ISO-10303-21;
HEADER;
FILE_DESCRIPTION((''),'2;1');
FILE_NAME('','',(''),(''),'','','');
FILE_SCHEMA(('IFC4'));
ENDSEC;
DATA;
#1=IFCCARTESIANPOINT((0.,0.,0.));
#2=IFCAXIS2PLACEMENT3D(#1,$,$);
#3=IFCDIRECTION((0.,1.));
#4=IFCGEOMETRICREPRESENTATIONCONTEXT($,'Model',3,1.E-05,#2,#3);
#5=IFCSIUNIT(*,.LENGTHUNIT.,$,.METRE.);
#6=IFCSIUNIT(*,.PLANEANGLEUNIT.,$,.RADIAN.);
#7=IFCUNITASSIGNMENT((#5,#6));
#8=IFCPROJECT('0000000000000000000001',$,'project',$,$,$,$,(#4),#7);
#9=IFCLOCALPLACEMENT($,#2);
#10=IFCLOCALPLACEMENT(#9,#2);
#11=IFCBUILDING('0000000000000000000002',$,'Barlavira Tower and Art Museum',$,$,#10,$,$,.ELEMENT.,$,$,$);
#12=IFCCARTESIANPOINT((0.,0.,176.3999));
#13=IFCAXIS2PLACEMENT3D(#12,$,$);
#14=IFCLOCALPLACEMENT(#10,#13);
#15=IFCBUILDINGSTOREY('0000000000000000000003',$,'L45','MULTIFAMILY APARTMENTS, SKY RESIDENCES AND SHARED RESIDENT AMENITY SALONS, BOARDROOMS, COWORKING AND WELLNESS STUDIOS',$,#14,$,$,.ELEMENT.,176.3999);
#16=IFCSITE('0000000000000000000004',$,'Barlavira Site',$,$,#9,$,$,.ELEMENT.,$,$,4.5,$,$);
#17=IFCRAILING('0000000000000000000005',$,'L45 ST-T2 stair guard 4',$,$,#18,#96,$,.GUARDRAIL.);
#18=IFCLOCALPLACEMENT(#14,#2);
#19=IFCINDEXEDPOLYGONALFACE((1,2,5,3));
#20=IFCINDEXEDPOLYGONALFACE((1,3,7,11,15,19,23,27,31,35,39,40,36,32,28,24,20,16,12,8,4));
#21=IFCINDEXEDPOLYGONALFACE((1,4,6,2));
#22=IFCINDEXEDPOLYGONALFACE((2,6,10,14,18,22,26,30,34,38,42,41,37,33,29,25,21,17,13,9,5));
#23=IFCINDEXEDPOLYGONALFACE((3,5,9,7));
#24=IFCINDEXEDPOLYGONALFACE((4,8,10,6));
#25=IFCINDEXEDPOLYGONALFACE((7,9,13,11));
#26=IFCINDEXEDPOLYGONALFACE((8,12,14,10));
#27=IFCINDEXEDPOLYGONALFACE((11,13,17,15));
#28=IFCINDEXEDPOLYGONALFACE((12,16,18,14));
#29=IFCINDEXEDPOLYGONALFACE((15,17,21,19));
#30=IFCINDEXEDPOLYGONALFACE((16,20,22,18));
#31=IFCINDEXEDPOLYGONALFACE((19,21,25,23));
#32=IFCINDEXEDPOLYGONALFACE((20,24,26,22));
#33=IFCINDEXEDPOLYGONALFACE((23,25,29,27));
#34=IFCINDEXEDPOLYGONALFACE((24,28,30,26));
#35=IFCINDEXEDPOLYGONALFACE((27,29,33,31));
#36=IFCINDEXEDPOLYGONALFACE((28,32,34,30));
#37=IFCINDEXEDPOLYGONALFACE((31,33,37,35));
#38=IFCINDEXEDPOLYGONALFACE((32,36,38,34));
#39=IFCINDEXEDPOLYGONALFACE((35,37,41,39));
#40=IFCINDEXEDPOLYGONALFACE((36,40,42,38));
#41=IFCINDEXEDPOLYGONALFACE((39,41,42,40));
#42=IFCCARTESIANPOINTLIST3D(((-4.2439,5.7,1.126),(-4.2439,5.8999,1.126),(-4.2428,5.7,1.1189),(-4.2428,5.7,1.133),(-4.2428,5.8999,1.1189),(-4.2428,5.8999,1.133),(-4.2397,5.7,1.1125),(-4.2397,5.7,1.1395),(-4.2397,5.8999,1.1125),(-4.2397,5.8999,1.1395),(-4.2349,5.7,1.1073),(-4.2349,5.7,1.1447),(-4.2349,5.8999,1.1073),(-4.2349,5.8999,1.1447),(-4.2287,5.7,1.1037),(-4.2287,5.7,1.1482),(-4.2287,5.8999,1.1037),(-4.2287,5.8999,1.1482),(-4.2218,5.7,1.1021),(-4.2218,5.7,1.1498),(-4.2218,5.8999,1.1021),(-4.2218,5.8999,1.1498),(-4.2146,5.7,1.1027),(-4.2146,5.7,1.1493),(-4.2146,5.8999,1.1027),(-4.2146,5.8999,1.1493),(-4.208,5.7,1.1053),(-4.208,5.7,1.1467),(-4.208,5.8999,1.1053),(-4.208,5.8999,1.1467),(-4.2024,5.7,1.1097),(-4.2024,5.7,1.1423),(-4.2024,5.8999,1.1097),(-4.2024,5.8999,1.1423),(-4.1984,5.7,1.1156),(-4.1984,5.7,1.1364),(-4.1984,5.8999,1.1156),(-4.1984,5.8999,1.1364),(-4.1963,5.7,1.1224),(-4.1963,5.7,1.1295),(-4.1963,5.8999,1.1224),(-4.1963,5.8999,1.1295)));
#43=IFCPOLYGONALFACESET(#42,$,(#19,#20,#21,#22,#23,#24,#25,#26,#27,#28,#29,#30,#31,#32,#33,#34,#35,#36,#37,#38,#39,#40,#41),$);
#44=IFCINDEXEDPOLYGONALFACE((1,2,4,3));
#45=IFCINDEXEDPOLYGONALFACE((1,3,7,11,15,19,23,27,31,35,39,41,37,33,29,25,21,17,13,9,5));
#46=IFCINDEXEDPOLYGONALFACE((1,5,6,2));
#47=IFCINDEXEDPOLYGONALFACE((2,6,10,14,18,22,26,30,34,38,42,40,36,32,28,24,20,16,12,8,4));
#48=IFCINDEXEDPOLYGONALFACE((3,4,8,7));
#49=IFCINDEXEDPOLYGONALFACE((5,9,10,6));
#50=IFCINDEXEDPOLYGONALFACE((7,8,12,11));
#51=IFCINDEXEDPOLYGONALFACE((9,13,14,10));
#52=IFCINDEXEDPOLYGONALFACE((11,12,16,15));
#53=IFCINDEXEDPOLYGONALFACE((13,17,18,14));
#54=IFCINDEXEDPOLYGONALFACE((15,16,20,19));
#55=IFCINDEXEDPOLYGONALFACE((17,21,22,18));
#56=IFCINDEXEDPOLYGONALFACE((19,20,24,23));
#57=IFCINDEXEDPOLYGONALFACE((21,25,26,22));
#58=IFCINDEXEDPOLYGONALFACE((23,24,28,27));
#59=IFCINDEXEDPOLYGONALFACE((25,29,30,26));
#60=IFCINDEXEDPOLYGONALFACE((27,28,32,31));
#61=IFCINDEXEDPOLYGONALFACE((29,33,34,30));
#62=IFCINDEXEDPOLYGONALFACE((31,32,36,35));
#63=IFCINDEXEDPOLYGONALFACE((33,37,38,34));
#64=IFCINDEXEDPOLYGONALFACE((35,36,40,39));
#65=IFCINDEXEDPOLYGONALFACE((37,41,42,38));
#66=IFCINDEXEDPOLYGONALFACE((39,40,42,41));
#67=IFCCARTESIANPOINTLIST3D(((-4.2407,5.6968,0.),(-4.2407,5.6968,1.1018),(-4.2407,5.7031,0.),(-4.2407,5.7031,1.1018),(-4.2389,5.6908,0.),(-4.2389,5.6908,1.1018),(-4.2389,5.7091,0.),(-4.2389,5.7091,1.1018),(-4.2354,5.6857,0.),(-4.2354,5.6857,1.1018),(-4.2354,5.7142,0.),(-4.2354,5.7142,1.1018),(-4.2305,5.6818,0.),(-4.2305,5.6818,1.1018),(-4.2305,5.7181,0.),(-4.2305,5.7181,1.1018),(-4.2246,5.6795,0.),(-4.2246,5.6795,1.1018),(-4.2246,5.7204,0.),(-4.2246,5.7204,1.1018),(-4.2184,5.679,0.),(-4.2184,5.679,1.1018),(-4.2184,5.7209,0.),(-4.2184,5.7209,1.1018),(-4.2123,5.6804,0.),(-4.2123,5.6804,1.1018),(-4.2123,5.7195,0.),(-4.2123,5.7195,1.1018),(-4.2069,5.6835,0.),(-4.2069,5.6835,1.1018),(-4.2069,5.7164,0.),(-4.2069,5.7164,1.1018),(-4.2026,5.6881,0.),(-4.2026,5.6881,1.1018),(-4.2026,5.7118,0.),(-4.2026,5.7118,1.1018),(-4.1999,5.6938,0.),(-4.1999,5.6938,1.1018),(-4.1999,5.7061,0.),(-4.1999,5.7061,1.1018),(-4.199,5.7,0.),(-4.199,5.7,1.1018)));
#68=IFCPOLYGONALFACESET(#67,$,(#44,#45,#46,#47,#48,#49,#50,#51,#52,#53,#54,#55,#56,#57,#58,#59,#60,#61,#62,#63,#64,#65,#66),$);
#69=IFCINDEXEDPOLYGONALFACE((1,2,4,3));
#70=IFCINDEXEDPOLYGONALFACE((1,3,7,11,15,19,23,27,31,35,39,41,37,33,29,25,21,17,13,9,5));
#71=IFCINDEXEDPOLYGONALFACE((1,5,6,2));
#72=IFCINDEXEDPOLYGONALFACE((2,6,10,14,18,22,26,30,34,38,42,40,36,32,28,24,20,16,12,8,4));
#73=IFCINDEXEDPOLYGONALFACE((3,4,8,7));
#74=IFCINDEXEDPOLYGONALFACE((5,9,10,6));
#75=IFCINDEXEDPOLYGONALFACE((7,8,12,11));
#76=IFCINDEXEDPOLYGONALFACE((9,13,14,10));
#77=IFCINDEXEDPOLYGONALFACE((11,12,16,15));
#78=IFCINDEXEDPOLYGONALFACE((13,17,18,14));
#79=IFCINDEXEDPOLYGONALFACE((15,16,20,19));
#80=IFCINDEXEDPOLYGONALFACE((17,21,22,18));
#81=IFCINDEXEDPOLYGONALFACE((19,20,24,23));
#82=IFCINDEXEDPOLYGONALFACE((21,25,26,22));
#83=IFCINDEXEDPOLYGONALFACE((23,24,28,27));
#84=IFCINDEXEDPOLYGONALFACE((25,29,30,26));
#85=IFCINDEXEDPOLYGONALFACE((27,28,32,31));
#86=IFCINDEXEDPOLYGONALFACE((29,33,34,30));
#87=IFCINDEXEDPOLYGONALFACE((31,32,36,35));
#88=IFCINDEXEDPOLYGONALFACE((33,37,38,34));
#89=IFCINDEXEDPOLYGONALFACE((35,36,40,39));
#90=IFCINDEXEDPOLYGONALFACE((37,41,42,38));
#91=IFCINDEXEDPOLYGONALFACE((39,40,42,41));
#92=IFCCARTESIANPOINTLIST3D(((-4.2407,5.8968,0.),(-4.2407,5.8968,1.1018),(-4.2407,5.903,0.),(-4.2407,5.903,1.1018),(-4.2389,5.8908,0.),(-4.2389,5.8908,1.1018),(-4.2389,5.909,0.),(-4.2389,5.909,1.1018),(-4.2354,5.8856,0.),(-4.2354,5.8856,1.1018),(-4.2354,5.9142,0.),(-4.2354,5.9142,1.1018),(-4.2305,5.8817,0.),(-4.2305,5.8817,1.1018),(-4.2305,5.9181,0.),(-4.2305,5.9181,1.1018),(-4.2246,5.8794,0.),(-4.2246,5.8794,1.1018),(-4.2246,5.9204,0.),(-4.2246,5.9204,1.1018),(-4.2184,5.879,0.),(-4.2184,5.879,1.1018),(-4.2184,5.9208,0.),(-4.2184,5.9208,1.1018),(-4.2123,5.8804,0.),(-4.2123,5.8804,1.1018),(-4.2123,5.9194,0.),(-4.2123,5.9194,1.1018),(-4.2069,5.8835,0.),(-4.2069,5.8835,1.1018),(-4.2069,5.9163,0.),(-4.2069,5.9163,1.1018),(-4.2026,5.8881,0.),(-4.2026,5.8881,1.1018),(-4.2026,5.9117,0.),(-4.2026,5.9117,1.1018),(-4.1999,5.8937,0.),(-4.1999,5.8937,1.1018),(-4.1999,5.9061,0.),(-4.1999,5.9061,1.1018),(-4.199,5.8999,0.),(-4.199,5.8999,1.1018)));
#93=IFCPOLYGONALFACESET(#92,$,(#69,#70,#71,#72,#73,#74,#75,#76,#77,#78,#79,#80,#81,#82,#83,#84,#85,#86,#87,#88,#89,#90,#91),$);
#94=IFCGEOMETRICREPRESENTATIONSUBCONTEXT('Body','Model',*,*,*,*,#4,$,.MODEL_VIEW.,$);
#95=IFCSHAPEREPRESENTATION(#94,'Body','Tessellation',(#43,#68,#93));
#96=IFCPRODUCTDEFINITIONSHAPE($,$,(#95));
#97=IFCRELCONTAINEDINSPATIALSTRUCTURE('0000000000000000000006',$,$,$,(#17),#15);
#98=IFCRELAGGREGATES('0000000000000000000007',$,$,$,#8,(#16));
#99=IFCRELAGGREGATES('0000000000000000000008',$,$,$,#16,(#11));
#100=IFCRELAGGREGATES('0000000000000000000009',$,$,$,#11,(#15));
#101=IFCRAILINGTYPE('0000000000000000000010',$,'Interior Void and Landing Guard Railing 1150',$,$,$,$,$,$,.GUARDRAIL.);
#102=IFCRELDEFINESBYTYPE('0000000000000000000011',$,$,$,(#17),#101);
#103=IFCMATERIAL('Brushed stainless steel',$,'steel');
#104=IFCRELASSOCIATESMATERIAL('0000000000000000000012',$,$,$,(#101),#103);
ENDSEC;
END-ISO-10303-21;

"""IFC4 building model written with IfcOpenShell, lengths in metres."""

from ifc_helpers import new_model, si_unit, direction, frame, origin, origin_2d, place, context, subcontext, project, spatial, circle, extrude, material, type_object, element, save


model = new_model("IFC4")

# Units and contexts
model_context = context("Model", 3, precision=1e-05, world=origin(), true_north=direction((0.0, 1.0)))
body_context = subcontext(model_context, "Body", "Model", "MODEL_VIEW")
ifc_project = project(units=[si_unit("LENGTHUNIT", "METRE"), si_unit("PLANEANGLEUNIT", "RADIAN")], contexts=[model_context])

# Site, building, storey
site_placement = place(None, origin())
site = spatial("IfcSite", under=ifc_project, at=site_placement, Name="Barlavira Site", CompositionType="ELEMENT", RefElevation=4.5)
building_placement = place(site_placement, origin())
building = spatial("IfcBuilding", under=site, at=building_placement, Name="Barlavira Tower and Art Museum", CompositionType="ELEMENT")
storey_placement = place(building_placement, frame((0.0, 0.0, 176.3999)))
storey = spatial("IfcBuildingStorey", under=building, at=storey_placement, Name="L45", Description="MULTIFAMILY APARTMENTS, SKY RESIDENCES AND SHARED RESIDENT AMENITY SALONS, BOARDROOMS, COWORKING AND WELLNESS STUDIOS", CompositionType="ELEMENT", Elevation=176.3999)

# Shared definitions
ifc_material_1 = material(Name="Brushed stainless steel", Category="steel")

# Railing
railing_type_1 = type_object("IfcRailingType", Name="Interior Void and Landing Guard Railing 1150", PredefinedType="GUARDRAIL", material=ifc_material_1)
railing_1_placement = place(storey_placement, frame((-4.22, 5.7, 0.0)))
element("IfcRailing", 1, at=railing_1_placement, inside=storey, type_object=railing_type_1, Name="L45 ST-T2 stair guard 4", PredefinedType="GUARDRAIL", context=body_context, shape_type="SweptSolid", body=[
    extrude(circle(Radius=0.0239, at=origin_2d()), frame((0.0, 0.0, 1.126), z_axis=(0.0, 1.0, 0.0), x_axis=(-1.0, 0.0, 0.0)), (0.0, 0.0, 1.0), 0.2),
    extrude(circle(Radius=0.021, at=origin_2d()), origin(), (0.0, 0.0, 1.0), 1.1018),
    extrude(circle(Radius=0.021, at=origin_2d()), frame((0.0, 0.2, 0.0)), (0.0, 0.0, 1.0), 1.1018),
])

save(model, "model.ifc")
